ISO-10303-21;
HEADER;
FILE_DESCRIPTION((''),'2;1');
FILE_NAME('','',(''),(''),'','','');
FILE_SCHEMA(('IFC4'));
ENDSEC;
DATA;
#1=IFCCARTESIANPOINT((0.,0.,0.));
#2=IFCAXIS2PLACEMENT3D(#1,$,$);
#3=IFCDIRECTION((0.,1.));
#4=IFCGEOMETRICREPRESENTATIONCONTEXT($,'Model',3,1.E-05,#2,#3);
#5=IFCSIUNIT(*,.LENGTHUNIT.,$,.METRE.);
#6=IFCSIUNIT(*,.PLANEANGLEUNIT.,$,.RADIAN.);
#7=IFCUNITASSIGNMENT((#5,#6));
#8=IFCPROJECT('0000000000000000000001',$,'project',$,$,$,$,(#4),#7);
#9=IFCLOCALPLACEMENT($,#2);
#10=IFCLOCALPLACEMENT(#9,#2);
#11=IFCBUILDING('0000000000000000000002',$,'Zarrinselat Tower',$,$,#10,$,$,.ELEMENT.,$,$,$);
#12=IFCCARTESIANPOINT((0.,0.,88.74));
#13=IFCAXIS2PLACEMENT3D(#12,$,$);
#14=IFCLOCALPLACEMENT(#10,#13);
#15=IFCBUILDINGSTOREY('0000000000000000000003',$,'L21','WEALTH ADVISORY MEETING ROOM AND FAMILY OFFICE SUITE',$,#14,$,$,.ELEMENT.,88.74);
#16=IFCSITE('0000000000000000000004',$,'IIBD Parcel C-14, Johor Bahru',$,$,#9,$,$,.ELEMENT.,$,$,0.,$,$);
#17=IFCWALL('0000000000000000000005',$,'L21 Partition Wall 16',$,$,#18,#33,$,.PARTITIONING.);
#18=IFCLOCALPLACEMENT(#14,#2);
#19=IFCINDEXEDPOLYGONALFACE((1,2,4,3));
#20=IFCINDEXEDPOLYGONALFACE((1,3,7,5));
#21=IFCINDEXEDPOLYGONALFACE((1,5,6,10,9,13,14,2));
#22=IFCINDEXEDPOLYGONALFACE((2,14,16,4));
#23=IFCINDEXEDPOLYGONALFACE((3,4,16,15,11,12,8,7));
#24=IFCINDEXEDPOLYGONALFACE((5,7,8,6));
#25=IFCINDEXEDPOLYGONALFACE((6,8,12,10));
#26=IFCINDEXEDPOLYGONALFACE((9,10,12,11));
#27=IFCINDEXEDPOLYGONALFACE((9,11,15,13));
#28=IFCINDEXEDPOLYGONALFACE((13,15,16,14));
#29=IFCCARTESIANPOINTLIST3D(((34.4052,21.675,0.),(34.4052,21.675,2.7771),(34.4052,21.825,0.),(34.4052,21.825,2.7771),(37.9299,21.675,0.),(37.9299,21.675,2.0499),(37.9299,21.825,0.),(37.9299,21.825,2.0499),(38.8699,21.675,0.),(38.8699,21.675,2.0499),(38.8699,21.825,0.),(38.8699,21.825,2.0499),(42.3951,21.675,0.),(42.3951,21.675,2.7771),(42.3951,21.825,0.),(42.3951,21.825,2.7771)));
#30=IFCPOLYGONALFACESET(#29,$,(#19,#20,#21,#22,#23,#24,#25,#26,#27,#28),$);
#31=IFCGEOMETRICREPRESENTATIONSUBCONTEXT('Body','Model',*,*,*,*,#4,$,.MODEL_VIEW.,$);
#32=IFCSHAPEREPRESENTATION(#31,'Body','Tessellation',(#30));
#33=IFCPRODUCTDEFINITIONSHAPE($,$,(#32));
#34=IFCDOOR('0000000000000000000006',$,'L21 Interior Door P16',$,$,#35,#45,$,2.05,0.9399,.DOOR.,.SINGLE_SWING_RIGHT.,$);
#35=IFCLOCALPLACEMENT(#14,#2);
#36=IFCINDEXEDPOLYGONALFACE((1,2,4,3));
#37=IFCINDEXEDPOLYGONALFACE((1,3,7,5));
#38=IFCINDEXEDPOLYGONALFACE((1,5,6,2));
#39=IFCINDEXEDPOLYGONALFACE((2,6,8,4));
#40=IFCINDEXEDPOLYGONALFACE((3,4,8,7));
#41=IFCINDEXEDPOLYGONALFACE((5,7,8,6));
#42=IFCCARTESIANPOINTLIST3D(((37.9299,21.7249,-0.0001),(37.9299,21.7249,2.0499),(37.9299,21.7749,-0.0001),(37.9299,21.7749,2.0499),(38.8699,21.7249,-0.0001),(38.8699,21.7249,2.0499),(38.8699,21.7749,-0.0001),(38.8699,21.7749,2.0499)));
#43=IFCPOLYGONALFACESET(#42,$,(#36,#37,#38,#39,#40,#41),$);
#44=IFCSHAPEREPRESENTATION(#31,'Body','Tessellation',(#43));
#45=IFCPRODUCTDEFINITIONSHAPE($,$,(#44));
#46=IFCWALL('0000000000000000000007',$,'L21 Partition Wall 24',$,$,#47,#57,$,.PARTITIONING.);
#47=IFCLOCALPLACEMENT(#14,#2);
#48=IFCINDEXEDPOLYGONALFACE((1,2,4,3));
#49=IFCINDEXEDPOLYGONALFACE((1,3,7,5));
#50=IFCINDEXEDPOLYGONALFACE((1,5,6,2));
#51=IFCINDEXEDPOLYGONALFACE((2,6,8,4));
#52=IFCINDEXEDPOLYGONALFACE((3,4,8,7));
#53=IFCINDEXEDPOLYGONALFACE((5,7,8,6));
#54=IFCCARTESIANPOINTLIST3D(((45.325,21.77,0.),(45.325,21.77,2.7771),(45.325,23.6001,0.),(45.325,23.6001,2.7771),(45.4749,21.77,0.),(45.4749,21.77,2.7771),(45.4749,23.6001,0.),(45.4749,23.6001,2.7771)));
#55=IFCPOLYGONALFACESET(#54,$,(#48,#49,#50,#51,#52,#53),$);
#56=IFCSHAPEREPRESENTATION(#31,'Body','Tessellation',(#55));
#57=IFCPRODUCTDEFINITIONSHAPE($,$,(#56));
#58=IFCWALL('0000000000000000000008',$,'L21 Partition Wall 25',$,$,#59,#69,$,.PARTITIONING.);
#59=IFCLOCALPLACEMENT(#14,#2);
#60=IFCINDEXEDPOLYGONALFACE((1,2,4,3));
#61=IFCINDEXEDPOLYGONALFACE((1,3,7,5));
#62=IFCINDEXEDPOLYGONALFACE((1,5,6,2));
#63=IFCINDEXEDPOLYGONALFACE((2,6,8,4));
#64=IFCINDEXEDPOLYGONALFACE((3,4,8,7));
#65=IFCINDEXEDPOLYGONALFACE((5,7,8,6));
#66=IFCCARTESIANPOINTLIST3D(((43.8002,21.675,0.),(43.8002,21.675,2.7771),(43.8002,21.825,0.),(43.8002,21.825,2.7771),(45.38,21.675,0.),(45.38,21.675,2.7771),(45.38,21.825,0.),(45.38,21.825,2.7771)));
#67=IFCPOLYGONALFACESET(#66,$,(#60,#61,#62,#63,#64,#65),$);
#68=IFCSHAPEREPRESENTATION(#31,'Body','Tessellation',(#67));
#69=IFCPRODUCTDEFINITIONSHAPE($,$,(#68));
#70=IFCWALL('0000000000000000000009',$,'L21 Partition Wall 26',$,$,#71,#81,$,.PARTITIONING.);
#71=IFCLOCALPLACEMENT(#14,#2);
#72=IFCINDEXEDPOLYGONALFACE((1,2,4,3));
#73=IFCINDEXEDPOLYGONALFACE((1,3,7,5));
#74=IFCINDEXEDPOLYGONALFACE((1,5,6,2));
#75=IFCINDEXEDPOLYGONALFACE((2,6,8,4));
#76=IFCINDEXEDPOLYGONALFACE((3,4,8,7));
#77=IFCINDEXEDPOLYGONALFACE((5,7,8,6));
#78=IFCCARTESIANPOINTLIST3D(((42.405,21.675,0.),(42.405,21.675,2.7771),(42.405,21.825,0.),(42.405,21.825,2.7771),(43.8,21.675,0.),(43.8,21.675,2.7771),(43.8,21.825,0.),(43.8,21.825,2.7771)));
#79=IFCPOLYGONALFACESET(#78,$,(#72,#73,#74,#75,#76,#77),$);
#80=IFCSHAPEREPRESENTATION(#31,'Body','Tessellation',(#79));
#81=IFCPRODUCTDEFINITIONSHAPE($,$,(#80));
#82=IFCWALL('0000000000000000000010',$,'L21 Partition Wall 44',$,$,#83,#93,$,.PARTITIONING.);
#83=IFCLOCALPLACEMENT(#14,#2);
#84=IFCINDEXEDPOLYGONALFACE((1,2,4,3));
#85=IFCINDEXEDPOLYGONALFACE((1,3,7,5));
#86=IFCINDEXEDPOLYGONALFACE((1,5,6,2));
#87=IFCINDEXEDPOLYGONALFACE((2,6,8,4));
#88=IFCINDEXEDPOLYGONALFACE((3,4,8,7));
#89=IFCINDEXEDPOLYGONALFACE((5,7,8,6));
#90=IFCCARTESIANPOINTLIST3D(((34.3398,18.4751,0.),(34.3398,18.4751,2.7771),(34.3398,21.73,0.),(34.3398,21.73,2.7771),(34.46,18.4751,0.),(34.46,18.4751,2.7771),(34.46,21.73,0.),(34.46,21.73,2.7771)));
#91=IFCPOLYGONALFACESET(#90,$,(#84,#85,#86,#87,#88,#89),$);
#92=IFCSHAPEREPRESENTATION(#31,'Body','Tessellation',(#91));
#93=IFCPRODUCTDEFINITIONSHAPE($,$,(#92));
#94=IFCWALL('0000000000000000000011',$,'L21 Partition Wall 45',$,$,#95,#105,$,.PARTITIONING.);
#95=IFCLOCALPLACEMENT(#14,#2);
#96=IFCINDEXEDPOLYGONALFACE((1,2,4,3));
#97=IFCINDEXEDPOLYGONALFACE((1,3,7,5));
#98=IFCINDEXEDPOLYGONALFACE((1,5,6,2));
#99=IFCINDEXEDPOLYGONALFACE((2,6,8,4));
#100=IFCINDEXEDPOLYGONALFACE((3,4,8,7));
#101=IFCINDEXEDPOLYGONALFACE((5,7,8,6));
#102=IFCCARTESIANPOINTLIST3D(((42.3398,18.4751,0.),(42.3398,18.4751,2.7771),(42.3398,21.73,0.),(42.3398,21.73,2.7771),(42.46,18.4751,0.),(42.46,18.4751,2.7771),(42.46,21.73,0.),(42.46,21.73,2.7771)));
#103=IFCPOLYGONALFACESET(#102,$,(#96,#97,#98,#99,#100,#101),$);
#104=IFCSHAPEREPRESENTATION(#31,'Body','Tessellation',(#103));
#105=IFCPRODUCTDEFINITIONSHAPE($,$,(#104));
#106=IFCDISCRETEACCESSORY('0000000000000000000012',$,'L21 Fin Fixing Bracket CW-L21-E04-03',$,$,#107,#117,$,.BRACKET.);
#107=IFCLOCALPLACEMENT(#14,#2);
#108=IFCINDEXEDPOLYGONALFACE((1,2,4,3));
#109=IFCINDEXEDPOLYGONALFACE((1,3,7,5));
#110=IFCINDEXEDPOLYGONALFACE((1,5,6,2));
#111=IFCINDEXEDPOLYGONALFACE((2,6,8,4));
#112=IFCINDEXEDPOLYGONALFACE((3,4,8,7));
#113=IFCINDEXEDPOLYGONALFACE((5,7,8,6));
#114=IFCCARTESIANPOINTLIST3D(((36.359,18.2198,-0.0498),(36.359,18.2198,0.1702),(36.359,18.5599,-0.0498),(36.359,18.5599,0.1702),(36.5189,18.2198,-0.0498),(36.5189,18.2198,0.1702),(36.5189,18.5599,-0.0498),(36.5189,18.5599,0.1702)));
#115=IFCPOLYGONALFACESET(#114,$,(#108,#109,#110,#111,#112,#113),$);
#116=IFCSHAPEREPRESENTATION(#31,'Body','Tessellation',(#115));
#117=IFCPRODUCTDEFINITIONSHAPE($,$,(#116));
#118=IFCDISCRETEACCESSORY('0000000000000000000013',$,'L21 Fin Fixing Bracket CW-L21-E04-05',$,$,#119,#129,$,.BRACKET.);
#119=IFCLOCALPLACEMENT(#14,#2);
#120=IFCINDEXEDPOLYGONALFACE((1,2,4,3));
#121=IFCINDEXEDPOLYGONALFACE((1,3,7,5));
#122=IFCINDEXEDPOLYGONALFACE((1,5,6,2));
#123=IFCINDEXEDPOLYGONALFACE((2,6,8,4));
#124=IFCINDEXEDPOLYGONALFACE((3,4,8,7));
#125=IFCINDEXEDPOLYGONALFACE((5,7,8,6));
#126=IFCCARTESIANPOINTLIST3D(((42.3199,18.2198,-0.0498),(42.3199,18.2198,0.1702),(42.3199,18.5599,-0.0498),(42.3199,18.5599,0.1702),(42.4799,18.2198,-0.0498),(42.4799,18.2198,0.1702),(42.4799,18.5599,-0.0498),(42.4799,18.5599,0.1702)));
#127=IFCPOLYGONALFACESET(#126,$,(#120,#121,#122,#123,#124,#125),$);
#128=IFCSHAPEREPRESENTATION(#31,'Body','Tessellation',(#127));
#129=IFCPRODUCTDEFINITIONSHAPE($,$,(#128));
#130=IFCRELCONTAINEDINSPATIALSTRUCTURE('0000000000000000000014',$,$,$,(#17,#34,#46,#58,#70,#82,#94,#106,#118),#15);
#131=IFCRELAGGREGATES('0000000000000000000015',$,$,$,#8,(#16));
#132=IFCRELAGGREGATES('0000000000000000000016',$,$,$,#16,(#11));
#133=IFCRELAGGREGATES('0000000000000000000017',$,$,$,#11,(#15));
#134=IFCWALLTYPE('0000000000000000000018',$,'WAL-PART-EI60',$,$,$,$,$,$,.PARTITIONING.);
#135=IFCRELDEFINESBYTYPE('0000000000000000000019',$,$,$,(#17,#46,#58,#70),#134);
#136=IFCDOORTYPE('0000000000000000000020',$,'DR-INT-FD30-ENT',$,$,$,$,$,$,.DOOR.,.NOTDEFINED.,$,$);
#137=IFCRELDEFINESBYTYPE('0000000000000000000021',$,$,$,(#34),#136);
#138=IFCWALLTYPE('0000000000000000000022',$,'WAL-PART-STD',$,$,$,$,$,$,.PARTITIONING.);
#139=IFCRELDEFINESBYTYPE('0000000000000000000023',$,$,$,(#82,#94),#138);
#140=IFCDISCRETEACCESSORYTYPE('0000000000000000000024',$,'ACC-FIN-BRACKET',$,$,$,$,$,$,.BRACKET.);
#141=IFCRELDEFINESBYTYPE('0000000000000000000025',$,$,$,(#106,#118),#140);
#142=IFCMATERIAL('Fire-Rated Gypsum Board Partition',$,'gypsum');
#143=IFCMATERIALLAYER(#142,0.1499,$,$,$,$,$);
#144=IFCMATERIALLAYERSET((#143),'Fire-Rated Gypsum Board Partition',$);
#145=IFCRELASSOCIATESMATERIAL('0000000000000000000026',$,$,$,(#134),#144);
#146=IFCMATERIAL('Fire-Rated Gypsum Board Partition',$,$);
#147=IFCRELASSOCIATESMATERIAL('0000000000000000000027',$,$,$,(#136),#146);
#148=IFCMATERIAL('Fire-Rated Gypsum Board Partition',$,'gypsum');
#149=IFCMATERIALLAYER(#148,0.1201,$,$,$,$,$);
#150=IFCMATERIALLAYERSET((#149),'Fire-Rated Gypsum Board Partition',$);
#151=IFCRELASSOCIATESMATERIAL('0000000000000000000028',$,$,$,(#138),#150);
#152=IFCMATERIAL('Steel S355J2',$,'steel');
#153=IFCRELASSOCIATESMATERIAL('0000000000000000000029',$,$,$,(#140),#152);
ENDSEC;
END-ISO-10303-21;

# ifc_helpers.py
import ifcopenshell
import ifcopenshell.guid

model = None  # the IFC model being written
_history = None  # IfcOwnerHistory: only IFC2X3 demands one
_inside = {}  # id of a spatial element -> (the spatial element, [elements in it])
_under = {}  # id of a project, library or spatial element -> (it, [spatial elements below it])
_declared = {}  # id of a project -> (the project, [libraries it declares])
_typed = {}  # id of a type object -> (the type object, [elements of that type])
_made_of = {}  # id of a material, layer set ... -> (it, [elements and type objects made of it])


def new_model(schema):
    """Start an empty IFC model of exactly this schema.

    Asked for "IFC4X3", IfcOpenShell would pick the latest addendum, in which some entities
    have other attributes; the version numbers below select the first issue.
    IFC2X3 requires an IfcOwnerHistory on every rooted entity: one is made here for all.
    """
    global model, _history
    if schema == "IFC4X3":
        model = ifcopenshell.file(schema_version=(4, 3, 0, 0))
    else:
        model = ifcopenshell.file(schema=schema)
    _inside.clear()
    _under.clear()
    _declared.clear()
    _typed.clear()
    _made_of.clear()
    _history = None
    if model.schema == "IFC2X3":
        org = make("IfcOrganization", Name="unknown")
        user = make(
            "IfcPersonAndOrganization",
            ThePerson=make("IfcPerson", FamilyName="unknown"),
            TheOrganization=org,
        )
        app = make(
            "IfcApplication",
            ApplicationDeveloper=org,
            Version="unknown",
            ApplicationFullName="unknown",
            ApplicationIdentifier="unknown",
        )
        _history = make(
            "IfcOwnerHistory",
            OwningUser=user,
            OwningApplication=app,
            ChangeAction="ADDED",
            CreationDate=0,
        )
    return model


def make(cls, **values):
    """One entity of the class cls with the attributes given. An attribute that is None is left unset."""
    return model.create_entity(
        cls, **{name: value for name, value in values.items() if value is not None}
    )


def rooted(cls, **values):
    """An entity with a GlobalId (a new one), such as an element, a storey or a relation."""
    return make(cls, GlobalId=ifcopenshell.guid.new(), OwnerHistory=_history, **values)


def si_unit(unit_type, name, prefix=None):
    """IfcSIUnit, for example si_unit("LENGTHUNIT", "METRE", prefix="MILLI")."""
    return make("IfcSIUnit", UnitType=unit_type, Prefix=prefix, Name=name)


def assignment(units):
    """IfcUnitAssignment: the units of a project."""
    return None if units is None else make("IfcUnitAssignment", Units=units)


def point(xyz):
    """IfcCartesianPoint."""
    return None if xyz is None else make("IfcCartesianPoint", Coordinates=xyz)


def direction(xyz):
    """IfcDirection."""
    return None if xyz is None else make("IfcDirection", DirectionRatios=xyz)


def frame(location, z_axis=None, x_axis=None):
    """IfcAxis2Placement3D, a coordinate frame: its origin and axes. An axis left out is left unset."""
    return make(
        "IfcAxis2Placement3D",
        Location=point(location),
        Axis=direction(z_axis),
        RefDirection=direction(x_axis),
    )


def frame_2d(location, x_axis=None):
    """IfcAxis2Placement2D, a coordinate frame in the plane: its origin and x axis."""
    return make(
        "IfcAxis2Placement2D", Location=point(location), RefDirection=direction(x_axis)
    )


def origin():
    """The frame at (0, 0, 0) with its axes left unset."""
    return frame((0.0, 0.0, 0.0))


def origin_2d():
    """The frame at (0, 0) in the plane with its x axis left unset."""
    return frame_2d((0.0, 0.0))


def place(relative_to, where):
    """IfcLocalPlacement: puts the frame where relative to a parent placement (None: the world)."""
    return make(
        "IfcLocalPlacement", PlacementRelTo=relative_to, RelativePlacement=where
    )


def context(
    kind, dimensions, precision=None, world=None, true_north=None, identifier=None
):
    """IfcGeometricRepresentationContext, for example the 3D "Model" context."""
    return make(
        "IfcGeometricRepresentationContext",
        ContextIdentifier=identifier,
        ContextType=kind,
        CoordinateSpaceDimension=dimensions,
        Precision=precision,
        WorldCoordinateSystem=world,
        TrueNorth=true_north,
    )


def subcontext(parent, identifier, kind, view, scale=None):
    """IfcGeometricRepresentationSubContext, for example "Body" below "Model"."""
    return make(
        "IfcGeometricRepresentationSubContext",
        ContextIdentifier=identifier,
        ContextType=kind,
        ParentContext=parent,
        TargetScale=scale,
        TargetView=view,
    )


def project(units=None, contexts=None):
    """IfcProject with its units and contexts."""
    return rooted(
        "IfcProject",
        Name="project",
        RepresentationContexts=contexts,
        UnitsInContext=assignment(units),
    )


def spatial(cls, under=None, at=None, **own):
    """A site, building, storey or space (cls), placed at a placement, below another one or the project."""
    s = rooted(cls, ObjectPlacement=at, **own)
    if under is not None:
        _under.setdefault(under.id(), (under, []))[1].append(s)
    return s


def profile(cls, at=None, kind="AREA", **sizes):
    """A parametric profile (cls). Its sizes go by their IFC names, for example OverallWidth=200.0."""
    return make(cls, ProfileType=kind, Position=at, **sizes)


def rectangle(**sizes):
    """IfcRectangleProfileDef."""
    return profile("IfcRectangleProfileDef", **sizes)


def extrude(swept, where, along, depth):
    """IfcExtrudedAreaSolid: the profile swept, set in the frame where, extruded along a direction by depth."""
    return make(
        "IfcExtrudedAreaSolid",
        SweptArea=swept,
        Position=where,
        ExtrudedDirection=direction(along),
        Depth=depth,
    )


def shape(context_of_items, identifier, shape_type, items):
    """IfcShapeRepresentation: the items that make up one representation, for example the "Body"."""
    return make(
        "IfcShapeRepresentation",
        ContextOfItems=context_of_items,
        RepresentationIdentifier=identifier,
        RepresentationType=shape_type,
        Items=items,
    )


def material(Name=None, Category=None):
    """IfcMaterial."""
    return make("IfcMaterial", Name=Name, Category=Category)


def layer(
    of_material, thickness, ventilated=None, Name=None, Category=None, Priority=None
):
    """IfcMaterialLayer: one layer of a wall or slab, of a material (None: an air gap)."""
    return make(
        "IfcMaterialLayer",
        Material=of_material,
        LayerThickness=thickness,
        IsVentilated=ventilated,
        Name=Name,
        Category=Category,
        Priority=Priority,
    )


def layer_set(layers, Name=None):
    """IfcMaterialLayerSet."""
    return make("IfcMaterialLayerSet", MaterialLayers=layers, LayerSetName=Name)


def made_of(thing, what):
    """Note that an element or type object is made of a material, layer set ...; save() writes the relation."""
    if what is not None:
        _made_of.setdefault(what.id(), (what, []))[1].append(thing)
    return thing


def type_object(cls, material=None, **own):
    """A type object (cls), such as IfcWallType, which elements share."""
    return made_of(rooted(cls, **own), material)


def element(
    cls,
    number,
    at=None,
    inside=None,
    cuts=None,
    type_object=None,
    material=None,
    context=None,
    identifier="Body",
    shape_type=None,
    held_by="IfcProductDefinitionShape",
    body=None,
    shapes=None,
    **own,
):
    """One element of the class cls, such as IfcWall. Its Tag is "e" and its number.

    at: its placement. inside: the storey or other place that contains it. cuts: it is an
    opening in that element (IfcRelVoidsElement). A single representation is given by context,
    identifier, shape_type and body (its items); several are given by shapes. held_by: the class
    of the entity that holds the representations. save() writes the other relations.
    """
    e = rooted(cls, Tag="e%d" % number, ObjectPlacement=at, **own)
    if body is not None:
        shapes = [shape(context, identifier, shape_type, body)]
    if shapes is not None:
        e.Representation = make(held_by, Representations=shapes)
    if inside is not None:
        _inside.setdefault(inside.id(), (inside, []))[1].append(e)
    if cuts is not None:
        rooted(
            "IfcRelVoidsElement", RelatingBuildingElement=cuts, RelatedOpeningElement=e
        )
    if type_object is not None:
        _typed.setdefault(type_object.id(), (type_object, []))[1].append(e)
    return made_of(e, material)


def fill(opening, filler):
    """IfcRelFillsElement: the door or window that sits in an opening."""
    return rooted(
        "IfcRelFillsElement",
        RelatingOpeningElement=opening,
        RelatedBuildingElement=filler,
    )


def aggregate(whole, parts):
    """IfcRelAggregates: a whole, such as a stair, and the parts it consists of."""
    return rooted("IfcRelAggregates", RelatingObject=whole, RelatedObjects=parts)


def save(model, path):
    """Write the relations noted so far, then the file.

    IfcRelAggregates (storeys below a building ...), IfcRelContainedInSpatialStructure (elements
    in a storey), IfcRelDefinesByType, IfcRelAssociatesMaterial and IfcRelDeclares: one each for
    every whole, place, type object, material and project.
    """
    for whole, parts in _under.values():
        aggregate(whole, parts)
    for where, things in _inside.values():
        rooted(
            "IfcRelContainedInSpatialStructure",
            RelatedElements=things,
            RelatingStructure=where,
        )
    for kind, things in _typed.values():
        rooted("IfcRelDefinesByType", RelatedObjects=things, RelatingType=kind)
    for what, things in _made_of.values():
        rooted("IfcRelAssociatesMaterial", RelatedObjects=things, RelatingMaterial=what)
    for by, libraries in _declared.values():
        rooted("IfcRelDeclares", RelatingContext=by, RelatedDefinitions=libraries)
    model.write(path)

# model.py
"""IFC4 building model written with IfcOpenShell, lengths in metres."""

from ifc_helpers import new_model, si_unit, direction, frame, frame_2d, origin, origin_2d, place, context, subcontext, project, spatial, rectangle, extrude, material, layer, layer_set, type_object, element, fill, save


model = new_model("IFC4")

# Units and contexts
model_context = context("Model", 3, precision=1e-05, world=origin(), true_north=direction((0.0, 1.0)))
body_context = subcontext(model_context, "Body", "Model", "MODEL_VIEW")
ifc_project = project(units=[si_unit("LENGTHUNIT", "METRE"), si_unit("PLANEANGLEUNIT", "RADIAN")], contexts=[model_context])

# Site, building, storey
site_placement = place(None, origin())
site = spatial("IfcSite", under=ifc_project, at=site_placement, Name="IIBD Parcel C-14, Johor Bahru", CompositionType="ELEMENT", RefElevation=0.0)
building_placement = place(site_placement, origin())
building = spatial("IfcBuilding", under=site, at=building_placement, Name="Zarrinselat Tower", CompositionType="ELEMENT")
storey_placement = place(building_placement, frame((0.0, 0.0, 88.74)))
storey = spatial("IfcBuildingStorey", under=building, at=storey_placement, Name="L21", Description="WEALTH ADVISORY MEETING ROOM AND FAMILY OFFICE SUITE", CompositionType="ELEMENT", Elevation=88.74)

# Wall, opening, door
ifc_material_1 = material(Name="Fire-Rated Gypsum Board Partition", Category="gypsum")
ifc_layer_1 = layer(ifc_material_1, 0.1499)
ifc_layer_set_1 = layer_set([ifc_layer_1], Name="Fire-Rated Gypsum Board Partition")
wall_type_1 = type_object("IfcWallType", Name="WAL-PART-EI60", PredefinedType="PARTITIONING", material=ifc_layer_set_1)
wall_1_placement = place(storey_placement, frame((34.405, 21.75, 0.0), z_axis=(0.0, 0.0, 1.0), x_axis=(1.0, 0.0, 0.0)))
wall_1 = element("IfcWall", 1, at=wall_1_placement, inside=storey, type_object=wall_type_1, Name="L21 Partition Wall 16", PredefinedType="PARTITIONING", context=body_context, shape_type="SweptSolid", body=[
    extrude(rectangle(XDim=7.99, YDim=0.1499, at=frame_2d((3.9951, 0.0))), origin(), (0.0, 0.0, 1.0), 2.7771),
])
opening_placement = place(wall_1_placement, frame((3.5249, 0.0, 0.0)))
opening = element("IfcOpeningElement", 2, at=opening_placement, cuts=wall_1, PredefinedType="OPENING", context=body_context, shape_type="SweptSolid", body=[
    extrude(rectangle(XDim=0.9399, YDim=2.05, at=frame_2d((0.47, 1.0249))), frame((0.0, 0.085, 0.0), z_axis=(0.0, -1.0, 0.0), x_axis=(1.0, 0.0, 0.0)), (0.0, 0.0, 1.0), 0.1699),
])
ifc_material_2 = material(Name="Fire-Rated Gypsum Board Partition")
door_type = type_object("IfcDoorType", Name="DR-INT-FD30-ENT", OperationType="NOTDEFINED", PredefinedType="DOOR", material=ifc_material_2)
door_placement = place(opening_placement, origin())
door = element("IfcDoor", 3, at=door_placement, inside=storey, type_object=door_type, Name="L21 Interior Door P16", OperationType="SINGLE_SWING_RIGHT", OverallHeight=2.05, OverallWidth=0.9399, PredefinedType="DOOR", context=body_context, shape_type="SweptSolid", body=[
    extrude(rectangle(XDim=0.9399, YDim=2.05, at=frame_2d((0.47, 1.0249))), frame((0.0, 0.0249, 0.0), z_axis=(0.0, -1.0, 0.0), x_axis=(1.0, 0.0, 0.0)), (0.0, 0.0, 1.0), 0.05),
])
fill(opening, door)

# Walls
wall_2_placement = place(storey_placement, frame((45.3999, 21.77, 0.0), z_axis=(0.0, 0.0, 1.0), x_axis=(0.0, 1.0, 0.0)))
element("IfcWall", 4, at=wall_2_placement, inside=storey, type_object=wall_type_1, Name="L21 Partition Wall 24", PredefinedType="PARTITIONING", context=body_context, shape_type="SweptSolid", body=[
    extrude(rectangle(XDim=1.8301, YDim=0.1499, at=frame_2d((0.915, 0.0))), origin(), (0.0, 0.0, 1.0), 2.7771),
])
wall_3_placement = place(storey_placement, frame((43.8, 21.75, 0.0), z_axis=(0.0, 0.0, 1.0), x_axis=(1.0, 0.0, 0.0)))
element("IfcWall", 5, at=wall_3_placement, inside=storey, type_object=wall_type_1, Name="L21 Partition Wall 25", PredefinedType="PARTITIONING", context=body_context, shape_type="SweptSolid", body=[
    extrude(rectangle(XDim=1.5798, YDim=0.1499, at=frame_2d((0.79, 0.0))), origin(), (0.0, 0.0, 1.0), 2.7771),
])
wall_4_placement = place(storey_placement, frame((42.405, 21.75, 0.0), z_axis=(0.0, 0.0, 1.0), x_axis=(1.0, 0.0, 0.0)))
element("IfcWall", 6, at=wall_4_placement, inside=storey, type_object=wall_type_1, Name="L21 Partition Wall 26", PredefinedType="PARTITIONING", context=body_context, shape_type="SweptSolid", body=[
    extrude(rectangle(XDim=1.395, YDim=0.1499, at=frame_2d((0.6975, 0.0))), origin(), (0.0, 0.0, 1.0), 2.7771),
])
ifc_material_3 = material(Name="Fire-Rated Gypsum Board Partition", Category="gypsum")
ifc_layer_2 = layer(ifc_material_3, 0.1201)
ifc_layer_set_2 = layer_set([ifc_layer_2], Name="Fire-Rated Gypsum Board Partition")
wall_type_2 = type_object("IfcWallType", Name="WAL-PART-STD", PredefinedType="PARTITIONING", material=ifc_layer_set_2)
for number, where, z_axis, x_axis, name in (
    (7, (34.3999, 18.4751, 0.0), (0.0, 0.0, 1.0), (0.0, 1.0, 0.0), "L21 Partition Wall 44"),
    (8, (42.3999, 18.4751, 0.0), (0.0, 0.0, 1.0), (0.0, 1.0, 0.0), "L21 Partition Wall 45"),
):
    element("IfcWall", number, at=place(storey_placement, frame(where, z_axis=z_axis, x_axis=x_axis)), inside=storey, type_object=wall_type_2, Name=name, PredefinedType="PARTITIONING", context=body_context, shape_type="SweptSolid", body=[
        extrude(rectangle(XDim=3.2549, YDim=0.1201, at=frame_2d((1.6274, 0.0))), origin(), (0.0, 0.0, 1.0), 2.7771),
    ])

# Discrete accessories
ifc_material_4 = material(Name="Steel S355J2", Category="steel")
discrete_accessory_type = type_object("IfcDiscreteAccessoryType", Name="ACC-FIN-BRACKET", PredefinedType="BRACKET", material=ifc_material_4)
for number, where, z_axis, x_axis, name in (
    (9, (36.439, 18.3899, -0.0498), (0.0, 0.0, 1.0), (0.0, -1.0, 0.0), "L21 Fin Fixing Bracket CW-L21-E04-03"),
    (10, (42.3999, 18.3899, -0.0498), (0.0, 0.0, 1.0), (0.0, -1.0, 0.0), "L21 Fin Fixing Bracket CW-L21-E04-05"),
):
    element("IfcDiscreteAccessory", number, at=place(storey_placement, frame(where, z_axis=z_axis, x_axis=x_axis)), inside=storey, type_object=discrete_accessory_type, Name=name, PredefinedType="BRACKET", context=body_context, shape_type="SweptSolid", body=[
        extrude(rectangle(XDim=0.3401, YDim=0.1599, at=origin_2d()), origin(), (0.0, 0.0, 1.0), 0.22),
    ])

save(model, "model.ifc")
